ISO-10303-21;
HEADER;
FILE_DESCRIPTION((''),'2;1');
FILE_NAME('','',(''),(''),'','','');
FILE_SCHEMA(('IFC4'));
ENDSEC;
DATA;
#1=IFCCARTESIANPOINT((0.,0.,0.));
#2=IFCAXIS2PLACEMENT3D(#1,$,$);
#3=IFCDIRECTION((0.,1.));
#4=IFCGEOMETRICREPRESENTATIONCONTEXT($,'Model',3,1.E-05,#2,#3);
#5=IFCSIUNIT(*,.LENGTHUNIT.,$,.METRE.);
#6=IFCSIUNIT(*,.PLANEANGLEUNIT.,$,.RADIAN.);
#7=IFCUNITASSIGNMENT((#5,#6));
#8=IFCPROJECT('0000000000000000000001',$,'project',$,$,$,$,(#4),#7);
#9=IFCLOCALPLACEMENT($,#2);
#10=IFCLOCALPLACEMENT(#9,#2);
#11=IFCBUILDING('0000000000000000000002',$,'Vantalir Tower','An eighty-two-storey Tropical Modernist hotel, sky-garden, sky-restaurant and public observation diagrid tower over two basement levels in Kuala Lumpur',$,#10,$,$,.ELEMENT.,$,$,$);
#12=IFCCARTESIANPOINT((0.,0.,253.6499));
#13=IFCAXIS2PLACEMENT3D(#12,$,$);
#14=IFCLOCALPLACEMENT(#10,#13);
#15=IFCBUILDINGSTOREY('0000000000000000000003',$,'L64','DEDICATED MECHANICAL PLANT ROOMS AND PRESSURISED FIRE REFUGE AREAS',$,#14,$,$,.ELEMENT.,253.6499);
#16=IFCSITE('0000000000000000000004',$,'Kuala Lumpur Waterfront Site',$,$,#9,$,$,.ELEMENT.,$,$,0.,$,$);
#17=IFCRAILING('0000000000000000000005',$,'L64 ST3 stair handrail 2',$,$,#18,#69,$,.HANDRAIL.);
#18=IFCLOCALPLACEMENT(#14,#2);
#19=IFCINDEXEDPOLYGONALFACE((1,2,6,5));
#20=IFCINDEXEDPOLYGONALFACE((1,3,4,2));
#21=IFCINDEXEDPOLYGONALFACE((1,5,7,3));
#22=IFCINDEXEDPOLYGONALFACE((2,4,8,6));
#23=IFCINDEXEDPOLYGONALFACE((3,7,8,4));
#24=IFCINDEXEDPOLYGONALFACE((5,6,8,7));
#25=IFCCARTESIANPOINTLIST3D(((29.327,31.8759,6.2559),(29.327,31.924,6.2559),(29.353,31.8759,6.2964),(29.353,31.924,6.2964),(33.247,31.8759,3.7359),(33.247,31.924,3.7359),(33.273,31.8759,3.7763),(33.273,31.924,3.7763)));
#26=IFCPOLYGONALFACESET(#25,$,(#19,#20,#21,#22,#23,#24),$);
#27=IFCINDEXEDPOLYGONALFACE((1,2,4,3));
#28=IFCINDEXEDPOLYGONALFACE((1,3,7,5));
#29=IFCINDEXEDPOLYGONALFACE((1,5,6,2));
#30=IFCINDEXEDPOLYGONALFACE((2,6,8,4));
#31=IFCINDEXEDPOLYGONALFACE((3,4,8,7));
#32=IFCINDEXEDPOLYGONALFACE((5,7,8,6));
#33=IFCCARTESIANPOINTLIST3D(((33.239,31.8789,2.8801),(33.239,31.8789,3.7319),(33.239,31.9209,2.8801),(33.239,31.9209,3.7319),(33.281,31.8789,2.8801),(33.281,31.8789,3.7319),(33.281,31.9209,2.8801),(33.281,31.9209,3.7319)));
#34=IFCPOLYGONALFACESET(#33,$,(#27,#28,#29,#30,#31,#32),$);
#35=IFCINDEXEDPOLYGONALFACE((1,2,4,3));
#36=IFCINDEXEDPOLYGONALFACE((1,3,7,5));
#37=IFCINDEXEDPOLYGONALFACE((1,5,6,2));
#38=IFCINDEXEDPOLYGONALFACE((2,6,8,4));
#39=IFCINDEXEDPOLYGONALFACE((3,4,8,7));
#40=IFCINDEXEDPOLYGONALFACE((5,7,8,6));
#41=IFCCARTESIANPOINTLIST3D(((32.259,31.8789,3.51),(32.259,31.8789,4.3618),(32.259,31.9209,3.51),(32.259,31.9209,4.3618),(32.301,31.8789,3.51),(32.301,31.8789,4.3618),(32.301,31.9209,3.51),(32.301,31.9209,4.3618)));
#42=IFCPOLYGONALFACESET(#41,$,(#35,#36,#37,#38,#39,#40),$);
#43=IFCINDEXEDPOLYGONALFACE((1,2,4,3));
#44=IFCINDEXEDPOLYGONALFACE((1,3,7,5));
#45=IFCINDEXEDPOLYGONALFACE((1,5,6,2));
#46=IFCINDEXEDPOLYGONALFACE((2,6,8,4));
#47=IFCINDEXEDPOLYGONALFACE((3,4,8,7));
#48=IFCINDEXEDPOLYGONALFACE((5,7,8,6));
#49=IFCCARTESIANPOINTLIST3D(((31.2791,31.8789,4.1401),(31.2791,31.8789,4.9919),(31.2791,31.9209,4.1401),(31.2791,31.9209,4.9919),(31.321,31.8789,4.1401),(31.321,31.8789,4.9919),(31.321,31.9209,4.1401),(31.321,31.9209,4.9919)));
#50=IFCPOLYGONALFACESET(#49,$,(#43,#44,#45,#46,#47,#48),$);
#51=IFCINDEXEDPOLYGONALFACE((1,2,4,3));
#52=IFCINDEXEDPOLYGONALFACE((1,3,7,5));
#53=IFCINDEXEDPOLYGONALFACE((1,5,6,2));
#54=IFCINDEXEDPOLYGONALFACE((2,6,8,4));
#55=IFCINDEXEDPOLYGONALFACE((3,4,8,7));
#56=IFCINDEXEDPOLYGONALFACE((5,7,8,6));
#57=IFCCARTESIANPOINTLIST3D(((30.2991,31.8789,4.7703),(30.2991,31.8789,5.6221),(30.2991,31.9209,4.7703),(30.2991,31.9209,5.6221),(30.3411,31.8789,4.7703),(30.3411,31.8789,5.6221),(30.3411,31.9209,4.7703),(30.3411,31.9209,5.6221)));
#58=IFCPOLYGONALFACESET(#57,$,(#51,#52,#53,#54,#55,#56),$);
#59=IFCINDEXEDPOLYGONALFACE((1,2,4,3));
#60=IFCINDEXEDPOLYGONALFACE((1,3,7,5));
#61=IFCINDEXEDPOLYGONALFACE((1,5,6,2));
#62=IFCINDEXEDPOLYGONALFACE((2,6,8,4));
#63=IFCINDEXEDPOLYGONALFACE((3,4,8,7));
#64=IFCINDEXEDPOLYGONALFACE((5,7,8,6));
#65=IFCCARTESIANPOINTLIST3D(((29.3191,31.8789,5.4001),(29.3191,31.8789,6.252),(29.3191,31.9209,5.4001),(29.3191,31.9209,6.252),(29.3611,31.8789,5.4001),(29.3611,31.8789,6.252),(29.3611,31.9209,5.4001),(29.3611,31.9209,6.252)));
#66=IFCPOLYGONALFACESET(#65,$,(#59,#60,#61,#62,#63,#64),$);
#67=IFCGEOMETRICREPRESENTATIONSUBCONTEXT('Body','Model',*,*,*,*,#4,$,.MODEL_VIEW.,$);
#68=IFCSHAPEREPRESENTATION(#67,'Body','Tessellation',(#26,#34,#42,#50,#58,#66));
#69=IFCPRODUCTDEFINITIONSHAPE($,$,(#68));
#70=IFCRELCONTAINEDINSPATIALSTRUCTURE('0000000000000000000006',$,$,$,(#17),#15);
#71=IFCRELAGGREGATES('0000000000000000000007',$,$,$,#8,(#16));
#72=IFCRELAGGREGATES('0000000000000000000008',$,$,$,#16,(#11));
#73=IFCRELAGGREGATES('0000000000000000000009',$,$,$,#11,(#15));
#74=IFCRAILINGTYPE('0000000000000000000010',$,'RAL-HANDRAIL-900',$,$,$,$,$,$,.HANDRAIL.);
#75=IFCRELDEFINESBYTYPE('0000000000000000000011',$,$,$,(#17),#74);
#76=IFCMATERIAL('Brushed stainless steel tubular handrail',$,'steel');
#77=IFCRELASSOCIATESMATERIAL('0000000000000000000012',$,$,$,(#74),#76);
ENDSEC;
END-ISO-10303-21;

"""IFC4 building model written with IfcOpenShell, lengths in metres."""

from ifc_helpers import new_model, si_unit, direction, frame, origin, origin_2d, place, context, subcontext, project, spatial, rectangle, extrude, material, type_object, element, save


model = new_model("IFC4")

# Units and contexts
model_context = context("Model", 3, precision=1e-05, world=origin(), true_north=direction((0.0, 1.0)))
body_context = subcontext(model_context, "Body", "Model", "MODEL_VIEW")
ifc_project = project(units=[si_unit("LENGTHUNIT", "METRE"), si_unit("PLANEANGLEUNIT", "RADIAN")], contexts=[model_context])

# Site, building, storey
site_placement = place(None, origin())
site = spatial("IfcSite", under=ifc_project, at=site_placement, Name="Kuala Lumpur Waterfront Site", CompositionType="ELEMENT", RefElevation=0.0)
building_placement = place(site_placement, origin())
building = spatial("IfcBuilding", under=site, at=building_placement, Name="Vantalir Tower", Description="An eighty-two-storey Tropical Modernist hotel, sky-garden, sky-restaurant and public observation diagrid tower over two basement levels in Kuala Lumpur", CompositionType="ELEMENT")
storey_placement = place(building_placement, frame((0.0, 0.0, 253.6499)))
storey = spatial("IfcBuildingStorey", under=building, at=storey_placement, Name="L64", Description="DEDICATED MECHANICAL PLANT ROOMS AND PRESSURISED FIRE REFUGE AREAS", CompositionType="ELEMENT", Elevation=253.6499)

# Railing
ifc_material_1 = material(Name="Brushed stainless steel tubular handrail", Category="steel")
railing_type_1 = type_object("IfcRailingType", Name="RAL-HANDRAIL-900", PredefinedType="HANDRAIL", material=ifc_material_1)
railing_1_placement = place(storey_placement, frame((33.26, 31.8999, 2.8801)))
element("IfcRailing", 1, at=railing_1_placement, inside=storey, type_object=railing_type_1, Name="L64 ST3 stair handrail 2", PredefinedType="HANDRAIL", context=body_context, shape_type="SweptSolid", body=[
    extrude(rectangle(XDim=0.0481, YDim=0.0481, at=origin_2d()), frame((0.0, 0.0, 0.876), z_axis=(-0.841172, 0.0, 0.540768), x_axis=(0.0, -1.0, 0.0)), (0.0, 0.0, 1.0), 4.6602),
    extrude(rectangle(XDim=0.042, YDim=0.042, at=origin_2d()), origin(), (0.0, 0.0, 1.0), 0.8518),
    extrude(rectangle(XDim=0.042, YDim=0.042, at=origin_2d()), frame((-0.98, 0.0, 0.6299)), (0.0, 0.0, 1.0), 0.8518),
    extrude(rectangle(XDim=0.042, YDim=0.042, at=origin_2d()), frame((-1.96, 0.0, 1.26)), (0.0, 0.0, 1.0), 0.8518),
    extrude(rectangle(XDim=0.042, YDim=0.042, at=origin_2d()), frame((-2.9399, 0.0, 1.8901)), (0.0, 0.0, 1.0), 0.8518),
    extrude(rectangle(XDim=0.042, YDim=0.042, at=origin_2d()), frame((-3.9199, 0.0, 2.52)), (0.0, 0.0, 1.0), 0.8518),
])

save(model, "model.ifc")
